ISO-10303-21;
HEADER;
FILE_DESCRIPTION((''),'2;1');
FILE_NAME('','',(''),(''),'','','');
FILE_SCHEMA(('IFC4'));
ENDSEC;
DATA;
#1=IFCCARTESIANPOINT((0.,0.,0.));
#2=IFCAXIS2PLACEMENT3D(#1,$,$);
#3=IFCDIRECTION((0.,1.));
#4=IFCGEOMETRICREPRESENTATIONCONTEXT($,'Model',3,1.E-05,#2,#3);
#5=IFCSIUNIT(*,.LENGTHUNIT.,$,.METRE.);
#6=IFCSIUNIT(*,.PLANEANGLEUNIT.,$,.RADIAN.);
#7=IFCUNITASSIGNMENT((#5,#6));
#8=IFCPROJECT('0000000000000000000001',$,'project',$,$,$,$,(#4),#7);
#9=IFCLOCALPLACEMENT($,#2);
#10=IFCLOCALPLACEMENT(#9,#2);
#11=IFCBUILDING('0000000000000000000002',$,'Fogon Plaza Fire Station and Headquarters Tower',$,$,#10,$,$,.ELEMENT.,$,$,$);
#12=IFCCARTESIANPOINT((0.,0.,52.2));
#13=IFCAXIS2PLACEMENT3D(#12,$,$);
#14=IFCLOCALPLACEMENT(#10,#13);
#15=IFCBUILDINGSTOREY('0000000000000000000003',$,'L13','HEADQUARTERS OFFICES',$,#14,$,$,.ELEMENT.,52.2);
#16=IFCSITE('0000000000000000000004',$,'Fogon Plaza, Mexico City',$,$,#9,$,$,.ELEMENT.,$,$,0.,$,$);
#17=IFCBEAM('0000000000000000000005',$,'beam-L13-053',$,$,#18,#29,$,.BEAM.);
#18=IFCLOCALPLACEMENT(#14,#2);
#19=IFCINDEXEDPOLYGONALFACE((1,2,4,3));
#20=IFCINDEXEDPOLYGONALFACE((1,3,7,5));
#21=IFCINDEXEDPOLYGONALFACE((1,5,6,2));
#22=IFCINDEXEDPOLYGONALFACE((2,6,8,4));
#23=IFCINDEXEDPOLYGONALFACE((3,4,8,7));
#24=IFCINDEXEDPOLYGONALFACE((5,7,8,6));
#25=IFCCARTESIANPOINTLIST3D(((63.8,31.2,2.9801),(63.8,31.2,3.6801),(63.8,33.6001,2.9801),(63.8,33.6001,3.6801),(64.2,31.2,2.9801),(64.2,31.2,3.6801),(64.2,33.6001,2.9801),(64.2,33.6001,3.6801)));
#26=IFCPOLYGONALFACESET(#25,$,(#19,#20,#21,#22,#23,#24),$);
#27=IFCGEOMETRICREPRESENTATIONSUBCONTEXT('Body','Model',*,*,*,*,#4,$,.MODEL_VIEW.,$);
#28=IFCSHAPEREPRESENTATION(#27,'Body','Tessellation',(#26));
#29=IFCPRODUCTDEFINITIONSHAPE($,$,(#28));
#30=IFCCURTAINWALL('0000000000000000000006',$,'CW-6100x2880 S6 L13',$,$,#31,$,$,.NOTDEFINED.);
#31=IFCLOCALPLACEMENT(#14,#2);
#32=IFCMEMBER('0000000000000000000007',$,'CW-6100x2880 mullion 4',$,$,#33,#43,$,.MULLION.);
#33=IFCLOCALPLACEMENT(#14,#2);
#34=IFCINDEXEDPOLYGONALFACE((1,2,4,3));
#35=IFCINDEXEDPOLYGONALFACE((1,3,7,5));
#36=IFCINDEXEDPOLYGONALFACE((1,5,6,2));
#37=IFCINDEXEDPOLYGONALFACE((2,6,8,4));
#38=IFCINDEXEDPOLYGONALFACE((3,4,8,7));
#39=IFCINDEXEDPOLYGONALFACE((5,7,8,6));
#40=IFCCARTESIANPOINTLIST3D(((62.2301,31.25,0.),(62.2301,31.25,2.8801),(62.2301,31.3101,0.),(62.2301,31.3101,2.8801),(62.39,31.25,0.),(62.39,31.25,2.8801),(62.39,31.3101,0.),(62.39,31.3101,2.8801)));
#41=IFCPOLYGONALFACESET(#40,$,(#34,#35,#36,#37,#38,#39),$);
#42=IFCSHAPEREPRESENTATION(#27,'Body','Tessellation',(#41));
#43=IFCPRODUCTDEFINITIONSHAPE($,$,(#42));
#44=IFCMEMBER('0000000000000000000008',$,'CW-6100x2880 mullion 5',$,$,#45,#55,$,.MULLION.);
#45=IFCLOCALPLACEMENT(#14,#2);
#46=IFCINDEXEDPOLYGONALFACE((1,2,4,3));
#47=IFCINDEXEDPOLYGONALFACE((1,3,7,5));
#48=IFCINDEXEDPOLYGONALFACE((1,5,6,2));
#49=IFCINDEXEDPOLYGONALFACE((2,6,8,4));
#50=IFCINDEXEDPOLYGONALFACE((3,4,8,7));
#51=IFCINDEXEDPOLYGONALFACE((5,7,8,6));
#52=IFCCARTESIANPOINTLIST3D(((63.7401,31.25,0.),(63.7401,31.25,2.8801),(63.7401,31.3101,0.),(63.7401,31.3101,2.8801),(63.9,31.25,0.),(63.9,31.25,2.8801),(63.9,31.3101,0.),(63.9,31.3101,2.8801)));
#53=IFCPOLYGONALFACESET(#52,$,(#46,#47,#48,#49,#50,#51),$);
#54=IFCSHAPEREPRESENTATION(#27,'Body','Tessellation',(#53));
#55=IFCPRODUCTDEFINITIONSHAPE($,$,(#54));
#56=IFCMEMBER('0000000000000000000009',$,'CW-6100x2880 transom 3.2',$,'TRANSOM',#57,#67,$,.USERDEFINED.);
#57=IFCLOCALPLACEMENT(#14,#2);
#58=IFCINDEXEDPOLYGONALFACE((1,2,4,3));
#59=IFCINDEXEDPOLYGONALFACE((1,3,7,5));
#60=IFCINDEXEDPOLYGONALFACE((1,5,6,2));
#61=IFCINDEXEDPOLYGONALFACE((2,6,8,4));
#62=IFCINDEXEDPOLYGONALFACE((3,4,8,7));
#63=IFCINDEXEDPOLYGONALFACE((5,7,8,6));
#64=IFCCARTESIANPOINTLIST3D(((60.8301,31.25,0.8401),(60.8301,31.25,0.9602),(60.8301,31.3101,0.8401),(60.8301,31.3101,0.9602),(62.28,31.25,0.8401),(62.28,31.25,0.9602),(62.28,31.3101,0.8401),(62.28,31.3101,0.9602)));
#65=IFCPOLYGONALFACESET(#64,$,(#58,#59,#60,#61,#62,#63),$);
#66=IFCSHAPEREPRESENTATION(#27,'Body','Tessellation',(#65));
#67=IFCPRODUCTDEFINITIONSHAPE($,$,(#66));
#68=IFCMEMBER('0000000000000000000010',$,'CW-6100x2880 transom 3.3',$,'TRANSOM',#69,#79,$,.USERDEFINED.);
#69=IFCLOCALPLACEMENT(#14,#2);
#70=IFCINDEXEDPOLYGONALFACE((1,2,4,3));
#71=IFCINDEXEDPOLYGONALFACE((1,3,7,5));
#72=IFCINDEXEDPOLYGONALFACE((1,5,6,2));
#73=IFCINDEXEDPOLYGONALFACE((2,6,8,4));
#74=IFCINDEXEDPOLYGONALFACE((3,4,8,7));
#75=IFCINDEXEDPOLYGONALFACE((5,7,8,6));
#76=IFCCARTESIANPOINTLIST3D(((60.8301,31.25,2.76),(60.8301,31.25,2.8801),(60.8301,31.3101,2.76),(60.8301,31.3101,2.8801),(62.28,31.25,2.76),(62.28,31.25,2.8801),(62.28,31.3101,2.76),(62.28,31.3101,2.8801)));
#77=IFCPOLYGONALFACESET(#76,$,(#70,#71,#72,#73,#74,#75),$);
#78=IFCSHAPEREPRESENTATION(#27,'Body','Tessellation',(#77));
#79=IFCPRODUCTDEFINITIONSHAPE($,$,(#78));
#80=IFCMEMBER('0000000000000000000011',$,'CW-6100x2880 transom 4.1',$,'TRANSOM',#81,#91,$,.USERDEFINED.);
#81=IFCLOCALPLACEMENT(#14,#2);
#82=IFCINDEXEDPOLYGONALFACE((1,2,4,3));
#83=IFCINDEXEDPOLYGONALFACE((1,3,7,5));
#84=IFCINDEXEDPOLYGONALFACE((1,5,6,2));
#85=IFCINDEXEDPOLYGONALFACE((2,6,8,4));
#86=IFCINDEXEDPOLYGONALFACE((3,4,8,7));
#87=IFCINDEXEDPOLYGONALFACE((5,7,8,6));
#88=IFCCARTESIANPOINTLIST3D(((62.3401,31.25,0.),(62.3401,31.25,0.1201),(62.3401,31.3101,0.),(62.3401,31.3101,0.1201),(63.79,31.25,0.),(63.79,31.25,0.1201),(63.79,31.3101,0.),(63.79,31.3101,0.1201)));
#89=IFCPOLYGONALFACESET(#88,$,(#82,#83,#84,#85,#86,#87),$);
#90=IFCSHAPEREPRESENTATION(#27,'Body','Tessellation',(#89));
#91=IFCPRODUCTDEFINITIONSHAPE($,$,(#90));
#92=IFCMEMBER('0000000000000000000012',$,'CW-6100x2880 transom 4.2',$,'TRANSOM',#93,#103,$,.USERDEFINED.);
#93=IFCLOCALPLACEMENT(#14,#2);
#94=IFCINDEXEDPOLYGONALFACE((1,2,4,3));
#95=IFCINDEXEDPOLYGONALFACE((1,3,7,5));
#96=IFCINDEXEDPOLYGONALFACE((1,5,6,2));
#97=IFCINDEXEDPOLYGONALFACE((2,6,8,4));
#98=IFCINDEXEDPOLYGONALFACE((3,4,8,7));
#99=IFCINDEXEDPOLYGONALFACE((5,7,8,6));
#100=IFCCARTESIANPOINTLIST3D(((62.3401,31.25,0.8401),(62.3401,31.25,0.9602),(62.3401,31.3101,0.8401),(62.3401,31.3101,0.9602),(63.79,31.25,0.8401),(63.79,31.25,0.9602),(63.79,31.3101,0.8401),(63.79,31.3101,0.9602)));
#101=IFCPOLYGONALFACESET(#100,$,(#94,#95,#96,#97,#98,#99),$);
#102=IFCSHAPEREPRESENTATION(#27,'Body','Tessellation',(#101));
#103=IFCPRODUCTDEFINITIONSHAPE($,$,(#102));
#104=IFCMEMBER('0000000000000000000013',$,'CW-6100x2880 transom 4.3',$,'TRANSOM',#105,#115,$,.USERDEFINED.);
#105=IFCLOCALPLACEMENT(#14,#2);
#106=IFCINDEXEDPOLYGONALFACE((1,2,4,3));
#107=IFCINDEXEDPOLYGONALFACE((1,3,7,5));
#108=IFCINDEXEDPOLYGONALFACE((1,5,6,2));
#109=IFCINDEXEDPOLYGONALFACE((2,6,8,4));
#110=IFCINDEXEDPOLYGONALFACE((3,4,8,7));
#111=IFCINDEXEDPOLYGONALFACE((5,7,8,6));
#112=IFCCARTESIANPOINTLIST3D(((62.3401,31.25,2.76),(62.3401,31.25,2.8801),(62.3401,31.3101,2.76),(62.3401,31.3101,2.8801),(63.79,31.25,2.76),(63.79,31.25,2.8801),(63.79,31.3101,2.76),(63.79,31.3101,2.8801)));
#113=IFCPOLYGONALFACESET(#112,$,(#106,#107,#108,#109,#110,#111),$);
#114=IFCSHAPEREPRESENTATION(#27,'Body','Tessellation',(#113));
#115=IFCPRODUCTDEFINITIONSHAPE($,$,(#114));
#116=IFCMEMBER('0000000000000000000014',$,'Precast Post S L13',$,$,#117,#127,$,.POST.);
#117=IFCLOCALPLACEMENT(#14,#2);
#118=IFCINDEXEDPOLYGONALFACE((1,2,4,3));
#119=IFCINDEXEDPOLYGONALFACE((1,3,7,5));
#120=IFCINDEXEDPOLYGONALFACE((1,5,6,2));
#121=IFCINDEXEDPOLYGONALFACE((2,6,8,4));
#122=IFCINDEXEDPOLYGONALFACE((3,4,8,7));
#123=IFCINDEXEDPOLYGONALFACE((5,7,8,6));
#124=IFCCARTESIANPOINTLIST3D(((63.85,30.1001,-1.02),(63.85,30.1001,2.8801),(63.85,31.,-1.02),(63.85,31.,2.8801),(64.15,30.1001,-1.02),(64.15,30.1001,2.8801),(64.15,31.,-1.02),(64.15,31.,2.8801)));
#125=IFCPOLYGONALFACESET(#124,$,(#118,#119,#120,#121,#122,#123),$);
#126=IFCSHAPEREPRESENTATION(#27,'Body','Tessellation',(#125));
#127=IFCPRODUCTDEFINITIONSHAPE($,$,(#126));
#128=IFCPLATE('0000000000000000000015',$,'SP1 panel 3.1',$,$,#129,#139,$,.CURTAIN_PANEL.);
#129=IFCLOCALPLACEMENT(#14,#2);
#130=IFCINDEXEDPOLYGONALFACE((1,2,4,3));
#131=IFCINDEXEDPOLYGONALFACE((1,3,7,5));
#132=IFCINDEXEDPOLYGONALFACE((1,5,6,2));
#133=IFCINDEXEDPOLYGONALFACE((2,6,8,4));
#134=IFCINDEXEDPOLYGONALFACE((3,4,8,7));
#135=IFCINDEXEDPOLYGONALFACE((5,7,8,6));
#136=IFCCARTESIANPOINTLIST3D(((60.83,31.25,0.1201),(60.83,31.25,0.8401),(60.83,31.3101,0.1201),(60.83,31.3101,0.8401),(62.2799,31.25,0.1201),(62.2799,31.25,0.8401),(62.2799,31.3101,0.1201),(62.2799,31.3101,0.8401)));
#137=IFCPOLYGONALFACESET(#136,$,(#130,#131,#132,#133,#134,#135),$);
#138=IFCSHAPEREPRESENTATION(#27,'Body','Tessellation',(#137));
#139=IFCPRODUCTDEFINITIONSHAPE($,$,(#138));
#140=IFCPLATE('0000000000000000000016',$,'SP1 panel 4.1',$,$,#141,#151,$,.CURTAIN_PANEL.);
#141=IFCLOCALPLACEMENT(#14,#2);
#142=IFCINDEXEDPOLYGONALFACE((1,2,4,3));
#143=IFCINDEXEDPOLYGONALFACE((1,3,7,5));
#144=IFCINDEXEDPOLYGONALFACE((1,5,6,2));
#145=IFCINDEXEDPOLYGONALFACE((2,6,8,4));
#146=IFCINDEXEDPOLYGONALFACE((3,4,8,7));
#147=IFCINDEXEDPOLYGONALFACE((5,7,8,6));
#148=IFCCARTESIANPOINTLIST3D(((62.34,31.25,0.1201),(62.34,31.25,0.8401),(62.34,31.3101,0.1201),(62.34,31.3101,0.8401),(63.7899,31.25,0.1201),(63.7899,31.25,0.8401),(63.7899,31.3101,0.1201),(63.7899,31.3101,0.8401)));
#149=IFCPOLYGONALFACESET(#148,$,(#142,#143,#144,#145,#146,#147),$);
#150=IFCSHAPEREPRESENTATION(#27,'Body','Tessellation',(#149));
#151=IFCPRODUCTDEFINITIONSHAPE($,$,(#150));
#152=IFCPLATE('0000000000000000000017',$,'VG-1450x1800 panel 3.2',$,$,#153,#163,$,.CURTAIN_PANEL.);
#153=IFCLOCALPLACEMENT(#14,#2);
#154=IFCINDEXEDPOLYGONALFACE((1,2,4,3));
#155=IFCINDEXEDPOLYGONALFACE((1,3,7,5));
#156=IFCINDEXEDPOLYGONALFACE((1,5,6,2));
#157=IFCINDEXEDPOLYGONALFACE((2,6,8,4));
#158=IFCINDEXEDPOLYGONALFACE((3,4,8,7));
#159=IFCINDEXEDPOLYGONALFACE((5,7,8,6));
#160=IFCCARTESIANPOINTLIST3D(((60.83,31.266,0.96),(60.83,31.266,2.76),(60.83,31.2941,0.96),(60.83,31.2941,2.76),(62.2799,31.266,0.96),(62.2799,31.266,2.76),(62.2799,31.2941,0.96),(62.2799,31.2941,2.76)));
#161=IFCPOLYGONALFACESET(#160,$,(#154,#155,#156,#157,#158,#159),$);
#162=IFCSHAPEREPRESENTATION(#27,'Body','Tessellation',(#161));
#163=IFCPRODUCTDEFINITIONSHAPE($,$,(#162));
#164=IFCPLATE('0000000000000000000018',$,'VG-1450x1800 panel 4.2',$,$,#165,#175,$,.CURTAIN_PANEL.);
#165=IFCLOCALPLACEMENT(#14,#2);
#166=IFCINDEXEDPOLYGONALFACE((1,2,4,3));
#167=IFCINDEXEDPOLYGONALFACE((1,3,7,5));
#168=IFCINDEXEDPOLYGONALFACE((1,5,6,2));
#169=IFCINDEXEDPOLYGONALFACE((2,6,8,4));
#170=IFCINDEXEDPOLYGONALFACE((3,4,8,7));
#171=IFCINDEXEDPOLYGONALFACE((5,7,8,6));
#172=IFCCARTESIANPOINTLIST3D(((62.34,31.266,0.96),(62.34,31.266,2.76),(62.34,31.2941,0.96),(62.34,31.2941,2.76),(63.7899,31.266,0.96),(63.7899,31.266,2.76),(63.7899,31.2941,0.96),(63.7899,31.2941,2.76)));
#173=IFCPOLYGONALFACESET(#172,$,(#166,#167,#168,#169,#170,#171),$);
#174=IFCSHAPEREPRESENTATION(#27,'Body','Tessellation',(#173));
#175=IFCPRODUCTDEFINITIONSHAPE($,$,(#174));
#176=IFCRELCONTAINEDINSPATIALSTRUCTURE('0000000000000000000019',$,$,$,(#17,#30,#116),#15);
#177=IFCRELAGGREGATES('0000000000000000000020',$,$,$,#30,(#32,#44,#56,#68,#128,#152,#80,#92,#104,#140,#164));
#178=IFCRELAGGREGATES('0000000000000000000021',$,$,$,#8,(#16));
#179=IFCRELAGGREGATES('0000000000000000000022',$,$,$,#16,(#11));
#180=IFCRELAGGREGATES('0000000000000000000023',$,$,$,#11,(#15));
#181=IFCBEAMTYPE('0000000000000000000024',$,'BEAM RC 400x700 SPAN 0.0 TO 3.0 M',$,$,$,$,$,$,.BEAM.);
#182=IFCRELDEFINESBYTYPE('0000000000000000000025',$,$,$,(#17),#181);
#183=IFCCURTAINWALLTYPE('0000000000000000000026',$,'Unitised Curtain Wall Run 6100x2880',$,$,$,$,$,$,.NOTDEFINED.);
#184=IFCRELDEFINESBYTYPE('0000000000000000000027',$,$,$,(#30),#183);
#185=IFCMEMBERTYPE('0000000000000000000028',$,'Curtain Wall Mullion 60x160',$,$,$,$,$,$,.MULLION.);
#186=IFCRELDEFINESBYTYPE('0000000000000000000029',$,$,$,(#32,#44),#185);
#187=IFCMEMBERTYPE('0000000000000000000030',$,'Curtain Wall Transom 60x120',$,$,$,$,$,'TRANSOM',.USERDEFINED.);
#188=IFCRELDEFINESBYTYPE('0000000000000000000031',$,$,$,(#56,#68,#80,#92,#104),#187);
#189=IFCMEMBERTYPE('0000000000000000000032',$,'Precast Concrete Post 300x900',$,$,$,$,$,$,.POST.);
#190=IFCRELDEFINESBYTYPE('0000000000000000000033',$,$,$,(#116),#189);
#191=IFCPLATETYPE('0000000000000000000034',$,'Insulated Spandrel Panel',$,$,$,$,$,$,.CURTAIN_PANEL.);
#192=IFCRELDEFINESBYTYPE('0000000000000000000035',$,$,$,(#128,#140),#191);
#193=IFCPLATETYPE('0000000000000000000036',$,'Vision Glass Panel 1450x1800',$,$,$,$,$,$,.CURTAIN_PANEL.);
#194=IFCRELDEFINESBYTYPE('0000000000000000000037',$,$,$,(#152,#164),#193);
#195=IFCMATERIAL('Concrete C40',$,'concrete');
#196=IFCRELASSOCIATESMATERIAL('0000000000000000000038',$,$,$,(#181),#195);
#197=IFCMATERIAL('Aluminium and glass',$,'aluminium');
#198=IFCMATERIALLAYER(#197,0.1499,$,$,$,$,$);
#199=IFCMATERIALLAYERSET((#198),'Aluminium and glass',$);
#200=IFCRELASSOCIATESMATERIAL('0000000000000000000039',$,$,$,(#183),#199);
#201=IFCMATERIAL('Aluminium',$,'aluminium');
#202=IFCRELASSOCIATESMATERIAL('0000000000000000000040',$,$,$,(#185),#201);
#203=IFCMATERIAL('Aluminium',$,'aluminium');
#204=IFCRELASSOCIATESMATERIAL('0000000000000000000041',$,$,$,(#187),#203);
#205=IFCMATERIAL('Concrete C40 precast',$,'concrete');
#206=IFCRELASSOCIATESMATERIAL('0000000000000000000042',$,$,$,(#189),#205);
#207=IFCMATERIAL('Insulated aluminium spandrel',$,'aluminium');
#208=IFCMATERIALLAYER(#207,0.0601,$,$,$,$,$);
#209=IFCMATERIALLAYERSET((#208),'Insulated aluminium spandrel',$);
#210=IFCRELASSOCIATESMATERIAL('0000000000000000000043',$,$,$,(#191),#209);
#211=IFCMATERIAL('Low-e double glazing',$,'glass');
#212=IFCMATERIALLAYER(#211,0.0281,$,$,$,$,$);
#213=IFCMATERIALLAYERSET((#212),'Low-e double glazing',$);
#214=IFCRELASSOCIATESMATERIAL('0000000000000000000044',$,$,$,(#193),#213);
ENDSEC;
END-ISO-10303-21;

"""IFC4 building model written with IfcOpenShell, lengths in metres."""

from ifc_helpers import new_model, si_unit, direction, frame, origin, origin_2d, place, context, subcontext, project, spatial, rectangle, extrude, material, layer, layer_set, material_profile, profile_set, type_object, element, aggregate, save


model = new_model("IFC4")

# Units and contexts
model_context = context("Model", 3, precision=1e-05, world=origin(), true_north=direction((0.0, 1.0)))
body_context = subcontext(model_context, "Body", "Model", "MODEL_VIEW")
ifc_project = project(units=[si_unit("LENGTHUNIT", "METRE"), si_unit("PLANEANGLEUNIT", "RADIAN")], contexts=[model_context])

# Site, building, storey
site_placement = place(None, origin())
site = spatial("IfcSite", under=ifc_project, at=site_placement, Name="Fogon Plaza, Mexico City", CompositionType="ELEMENT", RefElevation=0.0)
building_placement = place(site_placement, origin())
building = spatial("IfcBuilding", under=site, at=building_placement, Name="Fogon Plaza Fire Station and Headquarters Tower", CompositionType="ELEMENT")
storey_placement = place(building_placement, frame((0.0, 0.0, 52.2)))
storey = spatial("IfcBuildingStorey", under=building, at=storey_placement, Name="L13", Description="HEADQUARTERS OFFICES", CompositionType="ELEMENT", Elevation=52.2)

# Beam
ifc_material_1 = material(Name="Concrete C40", Category="concrete")
ifc_material_profile_1 = material_profile(ifc_material_1, rectangle(XDim=0.3999, YDim=0.7, at=origin_2d()), Name="RC 400x700")
ifc_profile_set_1 = profile_set([ifc_material_profile_1], Name="Concrete C40")
beam_type = type_object("IfcBeamType", Name="BEAM RC 400x700 SPAN 0.0 TO 3.0 M", PredefinedType="BEAM", material=ifc_profile_set_1)
beam_placement = place(storey_placement, frame((64.0, 31.2, 3.3301), z_axis=(0.0, 1.0, 0.0), x_axis=(-1.0, 0.0, 0.0)))
element("IfcBeam", 1, at=beam_placement, inside=storey, type_object=beam_type, Name="beam-L13-053", PredefinedType="BEAM", context=body_context, shape_type="SweptSolid", body=[
    extrude(rectangle(XDim=0.3999, YDim=0.7, at=origin_2d()), origin(), (0.0, 0.0, 1.0), 2.4001),
])

# Curtain wall, members
ifc_material_2 = material(Name="Aluminium and glass", Category="aluminium")
ifc_layer_1 = layer(ifc_material_2, 0.1499)
ifc_layer_set_1 = layer_set([ifc_layer_1], Name="Aluminium and glass")
curtain_wall_type = type_object("IfcCurtainWallType", Name="Unitised Curtain Wall Run 6100x2880", PredefinedType="NOTDEFINED", material=ifc_layer_set_1)
curtain_wall_placement = place(storey_placement, origin())
curtain_wall = element("IfcCurtainWall", 2, at=curtain_wall_placement, inside=storey, type_object=curtain_wall_type, Name="CW-6100x2880 S6 L13", PredefinedType="NOTDEFINED")
ifc_material_3 = material(Name="Aluminium", Category="aluminium")
ifc_material_profile_2 = material_profile(ifc_material_3, rectangle(XDim=0.0601, YDim=0.1599, at=origin_2d()), Name="Curtain Wall Mullion 60x160")
ifc_profile_set_2 = profile_set([ifc_material_profile_2], Name="Aluminium")
member_type_1 = type_object("IfcMemberType", Name="Curtain Wall Mullion 60x160", PredefinedType="MULLION", material=ifc_profile_set_2)
member_1_placement = place(storey_placement, frame((62.3101, 31.28, 0.0), z_axis=(0.0, 0.0, 1.0), x_axis=(0.0, 1.0, 0.0)))
member_1 = element("IfcMember", 3, at=member_1_placement, type_object=member_type_1, Name="CW-6100x2880 mullion 4", PredefinedType="MULLION", context=body_context, shape_type="SweptSolid", body=[
    extrude(rectangle(XDim=0.0601, YDim=0.1599, at=origin_2d()), origin(), (0.0, 0.0, 1.0), 2.8801),
])
member_2_placement = place(storey_placement, frame((63.8201, 31.28, 0.0), z_axis=(0.0, 0.0, 1.0), x_axis=(0.0, 1.0, 0.0)))
member_2 = element("IfcMember", 4, at=member_2_placement, type_object=member_type_1, Name="CW-6100x2880 mullion 5", PredefinedType="MULLION", context=body_context, shape_type="SweptSolid", body=[
    extrude(rectangle(XDim=0.0601, YDim=0.1599, at=origin_2d()), origin(), (0.0, 0.0, 1.0), 2.8801),
])
ifc_material_4 = material(Name="Aluminium", Category="aluminium")
ifc_material_profile_3 = material_profile(ifc_material_4, rectangle(XDim=0.0601, YDim=0.1201, at=origin_2d()), Name="Curtain Wall Transom 60x120")
ifc_profile_set_3 = profile_set([ifc_material_profile_3], Name="Aluminium")
member_type_2 = type_object("IfcMemberType", Name="Curtain Wall Transom 60x120", ElementType="TRANSOM", PredefinedType="USERDEFINED", material=ifc_profile_set_3)
member_3_placement = place(storey_placement, frame((60.8301, 31.28, 0.9001), z_axis=(1.0, 0.0, 0.0), x_axis=(0.0, 1.0, 0.0)))
member_3 = element("IfcMember", 5, at=member_3_placement, type_object=member_type_2, Name="CW-6100x2880 transom 3.2", ObjectType="TRANSOM", PredefinedType="USERDEFINED", context=body_context, shape_type="SweptSolid", body=[
    extrude(rectangle(XDim=0.0601, YDim=0.1201, at=origin_2d()), origin(), (0.0, 0.0, 1.0), 1.45),
])
member_4_placement = place(storey_placement, frame((60.8301, 31.28, 2.8201), z_axis=(1.0, 0.0, 0.0), x_axis=(0.0, 1.0, 0.0)))
member_4 = element("IfcMember", 6, at=member_4_placement, type_object=member_type_2, Name="CW-6100x2880 transom 3.3", ObjectType="TRANSOM", PredefinedType="USERDEFINED", context=body_context, shape_type="SweptSolid", body=[
    extrude(rectangle(XDim=0.0601, YDim=0.1201, at=origin_2d()), origin(), (0.0, 0.0, 1.0), 1.45),
])
member_5_placement = place(storey_placement, frame((62.3401, 31.28, 0.0601), z_axis=(1.0, 0.0, 0.0), x_axis=(0.0, 1.0, 0.0)))
member_5 = element("IfcMember", 7, at=member_5_placement, type_object=member_type_2, Name="CW-6100x2880 transom 4.1", ObjectType="TRANSOM", PredefinedType="USERDEFINED", context=body_context, shape_type="SweptSolid", body=[
    extrude(rectangle(XDim=0.0601, YDim=0.1201, at=origin_2d()), origin(), (0.0, 0.0, 1.0), 1.45),
])
member_6_placement = place(storey_placement, frame((62.3401, 31.28, 0.9001), z_axis=(1.0, 0.0, 0.0), x_axis=(0.0, 1.0, 0.0)))
member_6 = element("IfcMember", 8, at=member_6_placement, type_object=member_type_2, Name="CW-6100x2880 transom 4.2", ObjectType="TRANSOM", PredefinedType="USERDEFINED", context=body_context, shape_type="SweptSolid", body=[
    extrude(rectangle(XDim=0.0601, YDim=0.1201, at=origin_2d()), origin(), (0.0, 0.0, 1.0), 1.45),
])
member_7_placement = place(storey_placement, frame((62.3401, 31.28, 2.8201), z_axis=(1.0, 0.0, 0.0), x_axis=(0.0, 1.0, 0.0)))
member_7 = element("IfcMember", 9, at=member_7_placement, type_object=member_type_2, Name="CW-6100x2880 transom 4.3", ObjectType="TRANSOM", PredefinedType="USERDEFINED", context=body_context, shape_type="SweptSolid", body=[
    extrude(rectangle(XDim=0.0601, YDim=0.1201, at=origin_2d()), origin(), (0.0, 0.0, 1.0), 1.45),
])

# Member
ifc_material_5 = material(Name="Concrete C40 precast", Category="concrete")
ifc_material_profile_4 = material_profile(ifc_material_5, rectangle(XDim=0.3, YDim=0.8999, at=origin_2d()), Name="Precast Concrete Post 300x900")
ifc_profile_set_4 = profile_set([ifc_material_profile_4], Name="Concrete C40 precast")
member_type_3 = type_object("IfcMemberType", Name="Precast Concrete Post 300x900", PredefinedType="POST", material=ifc_profile_set_4)
member_8_placement = place(storey_placement, frame((64.0, 30.55, -1.02), z_axis=(0.0, 0.0, 1.0), x_axis=(1.0, 0.0, 0.0)))
element("IfcMember", 10, at=member_8_placement, inside=storey, type_object=member_type_3, Name="Precast Post S L13", PredefinedType="POST", context=body_context, shape_type="SweptSolid", body=[
    extrude(rectangle(XDim=0.3, YDim=0.8999, at=origin_2d()), origin(), (0.0, 0.0, 1.0), 3.9001),
])

# Plates
ifc_material_6 = material(Name="Insulated aluminium spandrel", Category="aluminium")
ifc_layer_2 = layer(ifc_material_6, 0.0601)
ifc_layer_set_2 = layer_set([ifc_layer_2], Name="Insulated aluminium spandrel")
plate_type_1 = type_object("IfcPlateType", Name="Insulated Spandrel Panel", PredefinedType="CURTAIN_PANEL", material=ifc_layer_set_2)
plate_1_placement = place(storey_placement, frame((61.5549, 31.28, 0.1201), z_axis=(0.0, 0.0, 1.0), x_axis=(1.0, 0.0, 0.0)))
plate_1 = element("IfcPlate", 11, at=plate_1_placement, type_object=plate_type_1, Name="SP1 panel 3.1", PredefinedType="CURTAIN_PANEL", context=body_context, shape_type="SweptSolid", body=[
    extrude(rectangle(XDim=1.45, YDim=0.0601, at=origin_2d()), origin(), (0.0, 0.0, 1.0), 0.72),
])
plate_2_placement = place(storey_placement, frame((63.0649, 31.28, 0.1201), z_axis=(0.0, 0.0, 1.0), x_axis=(1.0, 0.0, 0.0)))
plate_2 = element("IfcPlate", 12, at=plate_2_placement, type_object=plate_type_1, Name="SP1 panel 4.1", PredefinedType="CURTAIN_PANEL", context=body_context, shape_type="SweptSolid", body=[
    extrude(rectangle(XDim=1.45, YDim=0.0601, at=origin_2d()), origin(), (0.0, 0.0, 1.0), 0.72),
])
ifc_material_7 = material(Name="Low-e double glazing", Category="glass")
ifc_layer_3 = layer(ifc_material_7, 0.0281)
ifc_layer_set_3 = layer_set([ifc_layer_3], Name="Low-e double glazing")
plate_type_2 = type_object("IfcPlateType", Name="Vision Glass Panel 1450x1800", PredefinedType="CURTAIN_PANEL", material=ifc_layer_set_3)
plate_3_placement = place(storey_placement, frame((61.5549, 31.28, 0.96), z_axis=(0.0, 0.0, 1.0), x_axis=(1.0, 0.0, 0.0)))
plate_3 = element("IfcPlate", 13, at=plate_3_placement, type_object=plate_type_2, Name="VG-1450x1800 panel 3.2", PredefinedType="CURTAIN_PANEL", context=body_context, shape_type="SweptSolid", body=[
    extrude(rectangle(XDim=1.45, YDim=0.0281, at=origin_2d()), origin(), (0.0, 0.0, 1.0), 1.8),
])
plate_4_placement = place(storey_placement, frame((63.0649, 31.28, 0.96), z_axis=(0.0, 0.0, 1.0), x_axis=(1.0, 0.0, 0.0)))
plate_4 = element("IfcPlate", 14, at=plate_4_placement, type_object=plate_type_2, Name="VG-1450x1800 panel 4.2", PredefinedType="CURTAIN_PANEL", context=body_context, shape_type="SweptSolid", body=[
    extrude(rectangle(XDim=1.45, YDim=0.0281, at=origin_2d()), origin(), (0.0, 0.0, 1.0), 1.8),
])
aggregate(curtain_wall, [member_1, member_2, member_3, member_4, plate_1, plate_3, member_5, member_6, member_7, plate_2, plate_4])

save(model, "model.ifc")
